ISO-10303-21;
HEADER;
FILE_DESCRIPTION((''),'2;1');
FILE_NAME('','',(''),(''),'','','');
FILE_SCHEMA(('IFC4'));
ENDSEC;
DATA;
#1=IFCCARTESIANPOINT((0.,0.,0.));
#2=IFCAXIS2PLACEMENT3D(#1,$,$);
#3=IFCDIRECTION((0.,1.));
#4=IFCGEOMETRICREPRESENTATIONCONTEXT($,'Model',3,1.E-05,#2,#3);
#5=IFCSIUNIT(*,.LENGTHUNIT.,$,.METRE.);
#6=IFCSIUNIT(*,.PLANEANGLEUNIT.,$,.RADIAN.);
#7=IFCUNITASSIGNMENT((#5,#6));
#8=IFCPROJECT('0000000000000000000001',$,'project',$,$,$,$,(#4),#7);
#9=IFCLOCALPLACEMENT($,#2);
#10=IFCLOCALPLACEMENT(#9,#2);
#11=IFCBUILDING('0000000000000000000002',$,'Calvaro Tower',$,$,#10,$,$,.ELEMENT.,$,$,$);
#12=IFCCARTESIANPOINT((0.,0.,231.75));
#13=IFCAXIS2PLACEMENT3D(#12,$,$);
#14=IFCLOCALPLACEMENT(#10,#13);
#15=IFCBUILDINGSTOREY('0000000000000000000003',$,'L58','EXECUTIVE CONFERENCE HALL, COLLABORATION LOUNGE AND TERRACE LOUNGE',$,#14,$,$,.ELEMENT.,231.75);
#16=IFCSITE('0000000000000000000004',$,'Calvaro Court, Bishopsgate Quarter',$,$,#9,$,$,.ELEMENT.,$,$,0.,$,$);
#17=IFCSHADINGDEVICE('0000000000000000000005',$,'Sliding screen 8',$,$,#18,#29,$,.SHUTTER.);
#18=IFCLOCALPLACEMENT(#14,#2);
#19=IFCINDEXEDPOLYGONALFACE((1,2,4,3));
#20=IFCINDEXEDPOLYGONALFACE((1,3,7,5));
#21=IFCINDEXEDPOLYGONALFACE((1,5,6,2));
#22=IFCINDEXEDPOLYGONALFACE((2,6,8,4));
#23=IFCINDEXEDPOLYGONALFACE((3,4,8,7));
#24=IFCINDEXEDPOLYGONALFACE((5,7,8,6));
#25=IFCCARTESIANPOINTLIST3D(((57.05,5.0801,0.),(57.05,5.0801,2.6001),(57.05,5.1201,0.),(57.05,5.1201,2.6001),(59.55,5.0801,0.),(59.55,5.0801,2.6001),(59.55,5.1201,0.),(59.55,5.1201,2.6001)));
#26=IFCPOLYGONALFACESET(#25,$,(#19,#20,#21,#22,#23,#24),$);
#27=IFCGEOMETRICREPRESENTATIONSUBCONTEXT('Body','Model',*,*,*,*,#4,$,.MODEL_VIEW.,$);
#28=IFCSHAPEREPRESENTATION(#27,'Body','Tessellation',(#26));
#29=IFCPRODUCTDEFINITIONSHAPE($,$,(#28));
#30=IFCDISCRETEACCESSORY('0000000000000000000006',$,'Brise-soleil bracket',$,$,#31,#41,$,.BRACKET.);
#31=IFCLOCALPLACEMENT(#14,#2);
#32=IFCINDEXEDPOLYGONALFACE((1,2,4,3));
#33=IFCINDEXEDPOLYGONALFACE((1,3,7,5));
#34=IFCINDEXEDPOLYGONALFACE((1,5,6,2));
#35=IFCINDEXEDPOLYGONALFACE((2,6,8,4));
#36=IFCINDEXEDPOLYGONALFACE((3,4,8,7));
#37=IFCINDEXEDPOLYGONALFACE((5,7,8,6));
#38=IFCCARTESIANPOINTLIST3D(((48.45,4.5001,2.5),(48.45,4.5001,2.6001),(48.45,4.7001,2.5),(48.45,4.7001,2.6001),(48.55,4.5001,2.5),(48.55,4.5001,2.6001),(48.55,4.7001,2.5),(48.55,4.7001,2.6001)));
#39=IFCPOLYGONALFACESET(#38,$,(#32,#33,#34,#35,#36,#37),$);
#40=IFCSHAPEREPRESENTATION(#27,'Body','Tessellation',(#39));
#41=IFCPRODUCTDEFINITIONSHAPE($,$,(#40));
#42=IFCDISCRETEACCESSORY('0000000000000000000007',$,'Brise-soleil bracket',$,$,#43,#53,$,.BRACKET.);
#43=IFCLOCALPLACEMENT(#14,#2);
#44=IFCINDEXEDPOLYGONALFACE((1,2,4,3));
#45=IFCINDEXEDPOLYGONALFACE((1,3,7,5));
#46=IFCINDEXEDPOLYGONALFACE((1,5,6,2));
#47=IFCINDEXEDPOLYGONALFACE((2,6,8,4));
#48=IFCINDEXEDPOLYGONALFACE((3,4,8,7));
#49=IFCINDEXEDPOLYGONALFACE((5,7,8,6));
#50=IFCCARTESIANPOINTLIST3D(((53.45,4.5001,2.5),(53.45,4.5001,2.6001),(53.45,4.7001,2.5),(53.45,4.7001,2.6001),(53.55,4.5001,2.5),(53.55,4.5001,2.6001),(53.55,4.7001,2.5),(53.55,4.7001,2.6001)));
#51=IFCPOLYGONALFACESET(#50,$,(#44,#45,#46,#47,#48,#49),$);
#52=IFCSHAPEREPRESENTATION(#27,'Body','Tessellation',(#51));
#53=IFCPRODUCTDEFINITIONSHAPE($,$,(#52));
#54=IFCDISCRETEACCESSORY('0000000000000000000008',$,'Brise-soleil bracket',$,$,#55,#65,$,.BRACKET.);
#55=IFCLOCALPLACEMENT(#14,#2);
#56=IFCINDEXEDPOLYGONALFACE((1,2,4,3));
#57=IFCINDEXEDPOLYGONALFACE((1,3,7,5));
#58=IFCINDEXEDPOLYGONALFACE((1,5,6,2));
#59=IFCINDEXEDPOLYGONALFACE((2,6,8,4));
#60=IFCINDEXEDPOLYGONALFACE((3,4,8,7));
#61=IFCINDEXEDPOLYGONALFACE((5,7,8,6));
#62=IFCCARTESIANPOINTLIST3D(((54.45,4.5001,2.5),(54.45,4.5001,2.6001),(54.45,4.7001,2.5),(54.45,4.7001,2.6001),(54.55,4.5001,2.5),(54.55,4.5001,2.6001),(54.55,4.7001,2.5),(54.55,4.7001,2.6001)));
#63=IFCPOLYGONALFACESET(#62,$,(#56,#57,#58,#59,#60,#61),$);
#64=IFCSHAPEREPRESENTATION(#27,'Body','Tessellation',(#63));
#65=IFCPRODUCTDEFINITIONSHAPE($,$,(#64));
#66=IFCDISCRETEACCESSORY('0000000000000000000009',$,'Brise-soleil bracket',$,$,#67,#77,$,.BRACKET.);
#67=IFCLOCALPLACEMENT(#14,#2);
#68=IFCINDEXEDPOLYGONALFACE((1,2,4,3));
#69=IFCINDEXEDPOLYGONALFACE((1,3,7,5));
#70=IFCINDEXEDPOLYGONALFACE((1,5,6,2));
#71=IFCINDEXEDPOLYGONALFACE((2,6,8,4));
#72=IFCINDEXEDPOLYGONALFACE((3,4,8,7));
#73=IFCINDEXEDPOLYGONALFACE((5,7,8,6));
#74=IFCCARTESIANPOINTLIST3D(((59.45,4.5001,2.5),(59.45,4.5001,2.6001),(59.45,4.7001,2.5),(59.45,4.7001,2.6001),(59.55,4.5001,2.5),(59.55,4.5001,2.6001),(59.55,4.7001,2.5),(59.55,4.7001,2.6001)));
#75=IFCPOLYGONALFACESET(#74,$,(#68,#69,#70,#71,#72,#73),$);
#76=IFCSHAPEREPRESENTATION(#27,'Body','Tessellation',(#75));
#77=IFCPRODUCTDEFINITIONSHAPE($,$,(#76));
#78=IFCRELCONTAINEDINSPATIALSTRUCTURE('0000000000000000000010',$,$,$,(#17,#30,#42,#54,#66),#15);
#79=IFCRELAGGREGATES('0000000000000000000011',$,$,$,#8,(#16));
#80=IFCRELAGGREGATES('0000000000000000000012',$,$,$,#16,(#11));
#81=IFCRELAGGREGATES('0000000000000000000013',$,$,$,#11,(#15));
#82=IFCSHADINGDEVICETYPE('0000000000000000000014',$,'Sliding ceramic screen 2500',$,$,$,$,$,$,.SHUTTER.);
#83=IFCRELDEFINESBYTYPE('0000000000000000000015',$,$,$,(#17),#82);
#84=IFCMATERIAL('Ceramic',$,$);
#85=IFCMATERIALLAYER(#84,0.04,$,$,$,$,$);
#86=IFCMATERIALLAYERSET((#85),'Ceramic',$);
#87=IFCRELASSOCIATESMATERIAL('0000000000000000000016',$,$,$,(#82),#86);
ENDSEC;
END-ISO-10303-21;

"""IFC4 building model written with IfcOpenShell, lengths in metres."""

from ifc_helpers import new_model, si_unit, direction, frame, origin, origin_2d, place, context, subcontext, project, spatial, rectangle, extrude, material, layer, layer_set, type_object, element, save


model = new_model("IFC4")

# Units and contexts
model_context = context("Model", 3, precision=1e-05, world=origin(), true_north=direction((0.0, 1.0)))
body_context = subcontext(model_context, "Body", "Model", "MODEL_VIEW")
ifc_project = project(units=[si_unit("LENGTHUNIT", "METRE"), si_unit("PLANEANGLEUNIT", "RADIAN")], contexts=[model_context])

# Site, building, storey
site_placement = place(None, origin())
site = spatial("IfcSite", under=ifc_project, at=site_placement, Name="Calvaro Court, Bishopsgate Quarter", CompositionType="ELEMENT", RefElevation=0.0)
building_placement = place(site_placement, origin())
building = spatial("IfcBuilding", under=site, at=building_placement, Name="Calvaro Tower", CompositionType="ELEMENT")
storey_placement = place(building_placement, frame((0.0, 0.0, 231.75)))
storey = spatial("IfcBuildingStorey", under=building, at=storey_placement, Name="L58", Description="EXECUTIVE CONFERENCE HALL, COLLABORATION LOUNGE AND TERRACE LOUNGE", CompositionType="ELEMENT", Elevation=231.75)

# Shading device
ifc_material_1 = material(Name="Ceramic")
ifc_layer_1 = layer(ifc_material_1, 0.04)
ifc_layer_set_1 = layer_set([ifc_layer_1], Name="Ceramic")
shading_device_type_1 = type_object("IfcShadingDeviceType", Name="Sliding ceramic screen 2500", PredefinedType="SHUTTER", material=ifc_layer_set_1)
for number, where, z_axis, x_axis, name in (
    (1, (58.3, 5.1001, 0.0), (0.0, 0.0, 1.0), (1.0, 0.0, 0.0), "Sliding screen 8"),
):
    element("IfcShadingDevice", number, at=place(storey_placement, frame(where, z_axis=z_axis, x_axis=x_axis)), inside=storey, type_object=shading_device_type_1, Name=name, PredefinedType="SHUTTER", context=body_context, shape_type="SweptSolid", body=[
        extrude(rectangle(XDim=2.5, YDim=0.04, at=origin_2d()), origin(), (0.0, 0.0, 1.0), 2.6001),
    ])

# Discrete accessories
for number, where, z_axis, x_axis, name in (
    (2, (48.5, 4.6001, 2.5), (0.0, 0.0, 1.0), (1.0, 0.0, 0.0), "Brise-soleil bracket"),
    (3, (53.5, 4.6001, 2.5), (0.0, 0.0, 1.0), (1.0, 0.0, 0.0), "Brise-soleil bracket"),
    (4, (54.5, 4.6001, 2.5), (0.0, 0.0, 1.0), (1.0, 0.0, 0.0), "Brise-soleil bracket"),
    (5, (59.5, 4.6001, 2.5), (0.0, 0.0, 1.0), (1.0, 0.0, 0.0), "Brise-soleil bracket"),
):
    element("IfcDiscreteAccessory", number, at=place(storey_placement, frame(where, z_axis=z_axis, x_axis=x_axis)), inside=storey, Name=name, PredefinedType="BRACKET", context=body_context, shape_type="SweptSolid", body=[
        extrude(rectangle(XDim=0.1001, YDim=0.2, at=origin_2d()), origin(), (0.0, 0.0, 1.0), 0.1001),
    ])

save(model, "model.ifc")
